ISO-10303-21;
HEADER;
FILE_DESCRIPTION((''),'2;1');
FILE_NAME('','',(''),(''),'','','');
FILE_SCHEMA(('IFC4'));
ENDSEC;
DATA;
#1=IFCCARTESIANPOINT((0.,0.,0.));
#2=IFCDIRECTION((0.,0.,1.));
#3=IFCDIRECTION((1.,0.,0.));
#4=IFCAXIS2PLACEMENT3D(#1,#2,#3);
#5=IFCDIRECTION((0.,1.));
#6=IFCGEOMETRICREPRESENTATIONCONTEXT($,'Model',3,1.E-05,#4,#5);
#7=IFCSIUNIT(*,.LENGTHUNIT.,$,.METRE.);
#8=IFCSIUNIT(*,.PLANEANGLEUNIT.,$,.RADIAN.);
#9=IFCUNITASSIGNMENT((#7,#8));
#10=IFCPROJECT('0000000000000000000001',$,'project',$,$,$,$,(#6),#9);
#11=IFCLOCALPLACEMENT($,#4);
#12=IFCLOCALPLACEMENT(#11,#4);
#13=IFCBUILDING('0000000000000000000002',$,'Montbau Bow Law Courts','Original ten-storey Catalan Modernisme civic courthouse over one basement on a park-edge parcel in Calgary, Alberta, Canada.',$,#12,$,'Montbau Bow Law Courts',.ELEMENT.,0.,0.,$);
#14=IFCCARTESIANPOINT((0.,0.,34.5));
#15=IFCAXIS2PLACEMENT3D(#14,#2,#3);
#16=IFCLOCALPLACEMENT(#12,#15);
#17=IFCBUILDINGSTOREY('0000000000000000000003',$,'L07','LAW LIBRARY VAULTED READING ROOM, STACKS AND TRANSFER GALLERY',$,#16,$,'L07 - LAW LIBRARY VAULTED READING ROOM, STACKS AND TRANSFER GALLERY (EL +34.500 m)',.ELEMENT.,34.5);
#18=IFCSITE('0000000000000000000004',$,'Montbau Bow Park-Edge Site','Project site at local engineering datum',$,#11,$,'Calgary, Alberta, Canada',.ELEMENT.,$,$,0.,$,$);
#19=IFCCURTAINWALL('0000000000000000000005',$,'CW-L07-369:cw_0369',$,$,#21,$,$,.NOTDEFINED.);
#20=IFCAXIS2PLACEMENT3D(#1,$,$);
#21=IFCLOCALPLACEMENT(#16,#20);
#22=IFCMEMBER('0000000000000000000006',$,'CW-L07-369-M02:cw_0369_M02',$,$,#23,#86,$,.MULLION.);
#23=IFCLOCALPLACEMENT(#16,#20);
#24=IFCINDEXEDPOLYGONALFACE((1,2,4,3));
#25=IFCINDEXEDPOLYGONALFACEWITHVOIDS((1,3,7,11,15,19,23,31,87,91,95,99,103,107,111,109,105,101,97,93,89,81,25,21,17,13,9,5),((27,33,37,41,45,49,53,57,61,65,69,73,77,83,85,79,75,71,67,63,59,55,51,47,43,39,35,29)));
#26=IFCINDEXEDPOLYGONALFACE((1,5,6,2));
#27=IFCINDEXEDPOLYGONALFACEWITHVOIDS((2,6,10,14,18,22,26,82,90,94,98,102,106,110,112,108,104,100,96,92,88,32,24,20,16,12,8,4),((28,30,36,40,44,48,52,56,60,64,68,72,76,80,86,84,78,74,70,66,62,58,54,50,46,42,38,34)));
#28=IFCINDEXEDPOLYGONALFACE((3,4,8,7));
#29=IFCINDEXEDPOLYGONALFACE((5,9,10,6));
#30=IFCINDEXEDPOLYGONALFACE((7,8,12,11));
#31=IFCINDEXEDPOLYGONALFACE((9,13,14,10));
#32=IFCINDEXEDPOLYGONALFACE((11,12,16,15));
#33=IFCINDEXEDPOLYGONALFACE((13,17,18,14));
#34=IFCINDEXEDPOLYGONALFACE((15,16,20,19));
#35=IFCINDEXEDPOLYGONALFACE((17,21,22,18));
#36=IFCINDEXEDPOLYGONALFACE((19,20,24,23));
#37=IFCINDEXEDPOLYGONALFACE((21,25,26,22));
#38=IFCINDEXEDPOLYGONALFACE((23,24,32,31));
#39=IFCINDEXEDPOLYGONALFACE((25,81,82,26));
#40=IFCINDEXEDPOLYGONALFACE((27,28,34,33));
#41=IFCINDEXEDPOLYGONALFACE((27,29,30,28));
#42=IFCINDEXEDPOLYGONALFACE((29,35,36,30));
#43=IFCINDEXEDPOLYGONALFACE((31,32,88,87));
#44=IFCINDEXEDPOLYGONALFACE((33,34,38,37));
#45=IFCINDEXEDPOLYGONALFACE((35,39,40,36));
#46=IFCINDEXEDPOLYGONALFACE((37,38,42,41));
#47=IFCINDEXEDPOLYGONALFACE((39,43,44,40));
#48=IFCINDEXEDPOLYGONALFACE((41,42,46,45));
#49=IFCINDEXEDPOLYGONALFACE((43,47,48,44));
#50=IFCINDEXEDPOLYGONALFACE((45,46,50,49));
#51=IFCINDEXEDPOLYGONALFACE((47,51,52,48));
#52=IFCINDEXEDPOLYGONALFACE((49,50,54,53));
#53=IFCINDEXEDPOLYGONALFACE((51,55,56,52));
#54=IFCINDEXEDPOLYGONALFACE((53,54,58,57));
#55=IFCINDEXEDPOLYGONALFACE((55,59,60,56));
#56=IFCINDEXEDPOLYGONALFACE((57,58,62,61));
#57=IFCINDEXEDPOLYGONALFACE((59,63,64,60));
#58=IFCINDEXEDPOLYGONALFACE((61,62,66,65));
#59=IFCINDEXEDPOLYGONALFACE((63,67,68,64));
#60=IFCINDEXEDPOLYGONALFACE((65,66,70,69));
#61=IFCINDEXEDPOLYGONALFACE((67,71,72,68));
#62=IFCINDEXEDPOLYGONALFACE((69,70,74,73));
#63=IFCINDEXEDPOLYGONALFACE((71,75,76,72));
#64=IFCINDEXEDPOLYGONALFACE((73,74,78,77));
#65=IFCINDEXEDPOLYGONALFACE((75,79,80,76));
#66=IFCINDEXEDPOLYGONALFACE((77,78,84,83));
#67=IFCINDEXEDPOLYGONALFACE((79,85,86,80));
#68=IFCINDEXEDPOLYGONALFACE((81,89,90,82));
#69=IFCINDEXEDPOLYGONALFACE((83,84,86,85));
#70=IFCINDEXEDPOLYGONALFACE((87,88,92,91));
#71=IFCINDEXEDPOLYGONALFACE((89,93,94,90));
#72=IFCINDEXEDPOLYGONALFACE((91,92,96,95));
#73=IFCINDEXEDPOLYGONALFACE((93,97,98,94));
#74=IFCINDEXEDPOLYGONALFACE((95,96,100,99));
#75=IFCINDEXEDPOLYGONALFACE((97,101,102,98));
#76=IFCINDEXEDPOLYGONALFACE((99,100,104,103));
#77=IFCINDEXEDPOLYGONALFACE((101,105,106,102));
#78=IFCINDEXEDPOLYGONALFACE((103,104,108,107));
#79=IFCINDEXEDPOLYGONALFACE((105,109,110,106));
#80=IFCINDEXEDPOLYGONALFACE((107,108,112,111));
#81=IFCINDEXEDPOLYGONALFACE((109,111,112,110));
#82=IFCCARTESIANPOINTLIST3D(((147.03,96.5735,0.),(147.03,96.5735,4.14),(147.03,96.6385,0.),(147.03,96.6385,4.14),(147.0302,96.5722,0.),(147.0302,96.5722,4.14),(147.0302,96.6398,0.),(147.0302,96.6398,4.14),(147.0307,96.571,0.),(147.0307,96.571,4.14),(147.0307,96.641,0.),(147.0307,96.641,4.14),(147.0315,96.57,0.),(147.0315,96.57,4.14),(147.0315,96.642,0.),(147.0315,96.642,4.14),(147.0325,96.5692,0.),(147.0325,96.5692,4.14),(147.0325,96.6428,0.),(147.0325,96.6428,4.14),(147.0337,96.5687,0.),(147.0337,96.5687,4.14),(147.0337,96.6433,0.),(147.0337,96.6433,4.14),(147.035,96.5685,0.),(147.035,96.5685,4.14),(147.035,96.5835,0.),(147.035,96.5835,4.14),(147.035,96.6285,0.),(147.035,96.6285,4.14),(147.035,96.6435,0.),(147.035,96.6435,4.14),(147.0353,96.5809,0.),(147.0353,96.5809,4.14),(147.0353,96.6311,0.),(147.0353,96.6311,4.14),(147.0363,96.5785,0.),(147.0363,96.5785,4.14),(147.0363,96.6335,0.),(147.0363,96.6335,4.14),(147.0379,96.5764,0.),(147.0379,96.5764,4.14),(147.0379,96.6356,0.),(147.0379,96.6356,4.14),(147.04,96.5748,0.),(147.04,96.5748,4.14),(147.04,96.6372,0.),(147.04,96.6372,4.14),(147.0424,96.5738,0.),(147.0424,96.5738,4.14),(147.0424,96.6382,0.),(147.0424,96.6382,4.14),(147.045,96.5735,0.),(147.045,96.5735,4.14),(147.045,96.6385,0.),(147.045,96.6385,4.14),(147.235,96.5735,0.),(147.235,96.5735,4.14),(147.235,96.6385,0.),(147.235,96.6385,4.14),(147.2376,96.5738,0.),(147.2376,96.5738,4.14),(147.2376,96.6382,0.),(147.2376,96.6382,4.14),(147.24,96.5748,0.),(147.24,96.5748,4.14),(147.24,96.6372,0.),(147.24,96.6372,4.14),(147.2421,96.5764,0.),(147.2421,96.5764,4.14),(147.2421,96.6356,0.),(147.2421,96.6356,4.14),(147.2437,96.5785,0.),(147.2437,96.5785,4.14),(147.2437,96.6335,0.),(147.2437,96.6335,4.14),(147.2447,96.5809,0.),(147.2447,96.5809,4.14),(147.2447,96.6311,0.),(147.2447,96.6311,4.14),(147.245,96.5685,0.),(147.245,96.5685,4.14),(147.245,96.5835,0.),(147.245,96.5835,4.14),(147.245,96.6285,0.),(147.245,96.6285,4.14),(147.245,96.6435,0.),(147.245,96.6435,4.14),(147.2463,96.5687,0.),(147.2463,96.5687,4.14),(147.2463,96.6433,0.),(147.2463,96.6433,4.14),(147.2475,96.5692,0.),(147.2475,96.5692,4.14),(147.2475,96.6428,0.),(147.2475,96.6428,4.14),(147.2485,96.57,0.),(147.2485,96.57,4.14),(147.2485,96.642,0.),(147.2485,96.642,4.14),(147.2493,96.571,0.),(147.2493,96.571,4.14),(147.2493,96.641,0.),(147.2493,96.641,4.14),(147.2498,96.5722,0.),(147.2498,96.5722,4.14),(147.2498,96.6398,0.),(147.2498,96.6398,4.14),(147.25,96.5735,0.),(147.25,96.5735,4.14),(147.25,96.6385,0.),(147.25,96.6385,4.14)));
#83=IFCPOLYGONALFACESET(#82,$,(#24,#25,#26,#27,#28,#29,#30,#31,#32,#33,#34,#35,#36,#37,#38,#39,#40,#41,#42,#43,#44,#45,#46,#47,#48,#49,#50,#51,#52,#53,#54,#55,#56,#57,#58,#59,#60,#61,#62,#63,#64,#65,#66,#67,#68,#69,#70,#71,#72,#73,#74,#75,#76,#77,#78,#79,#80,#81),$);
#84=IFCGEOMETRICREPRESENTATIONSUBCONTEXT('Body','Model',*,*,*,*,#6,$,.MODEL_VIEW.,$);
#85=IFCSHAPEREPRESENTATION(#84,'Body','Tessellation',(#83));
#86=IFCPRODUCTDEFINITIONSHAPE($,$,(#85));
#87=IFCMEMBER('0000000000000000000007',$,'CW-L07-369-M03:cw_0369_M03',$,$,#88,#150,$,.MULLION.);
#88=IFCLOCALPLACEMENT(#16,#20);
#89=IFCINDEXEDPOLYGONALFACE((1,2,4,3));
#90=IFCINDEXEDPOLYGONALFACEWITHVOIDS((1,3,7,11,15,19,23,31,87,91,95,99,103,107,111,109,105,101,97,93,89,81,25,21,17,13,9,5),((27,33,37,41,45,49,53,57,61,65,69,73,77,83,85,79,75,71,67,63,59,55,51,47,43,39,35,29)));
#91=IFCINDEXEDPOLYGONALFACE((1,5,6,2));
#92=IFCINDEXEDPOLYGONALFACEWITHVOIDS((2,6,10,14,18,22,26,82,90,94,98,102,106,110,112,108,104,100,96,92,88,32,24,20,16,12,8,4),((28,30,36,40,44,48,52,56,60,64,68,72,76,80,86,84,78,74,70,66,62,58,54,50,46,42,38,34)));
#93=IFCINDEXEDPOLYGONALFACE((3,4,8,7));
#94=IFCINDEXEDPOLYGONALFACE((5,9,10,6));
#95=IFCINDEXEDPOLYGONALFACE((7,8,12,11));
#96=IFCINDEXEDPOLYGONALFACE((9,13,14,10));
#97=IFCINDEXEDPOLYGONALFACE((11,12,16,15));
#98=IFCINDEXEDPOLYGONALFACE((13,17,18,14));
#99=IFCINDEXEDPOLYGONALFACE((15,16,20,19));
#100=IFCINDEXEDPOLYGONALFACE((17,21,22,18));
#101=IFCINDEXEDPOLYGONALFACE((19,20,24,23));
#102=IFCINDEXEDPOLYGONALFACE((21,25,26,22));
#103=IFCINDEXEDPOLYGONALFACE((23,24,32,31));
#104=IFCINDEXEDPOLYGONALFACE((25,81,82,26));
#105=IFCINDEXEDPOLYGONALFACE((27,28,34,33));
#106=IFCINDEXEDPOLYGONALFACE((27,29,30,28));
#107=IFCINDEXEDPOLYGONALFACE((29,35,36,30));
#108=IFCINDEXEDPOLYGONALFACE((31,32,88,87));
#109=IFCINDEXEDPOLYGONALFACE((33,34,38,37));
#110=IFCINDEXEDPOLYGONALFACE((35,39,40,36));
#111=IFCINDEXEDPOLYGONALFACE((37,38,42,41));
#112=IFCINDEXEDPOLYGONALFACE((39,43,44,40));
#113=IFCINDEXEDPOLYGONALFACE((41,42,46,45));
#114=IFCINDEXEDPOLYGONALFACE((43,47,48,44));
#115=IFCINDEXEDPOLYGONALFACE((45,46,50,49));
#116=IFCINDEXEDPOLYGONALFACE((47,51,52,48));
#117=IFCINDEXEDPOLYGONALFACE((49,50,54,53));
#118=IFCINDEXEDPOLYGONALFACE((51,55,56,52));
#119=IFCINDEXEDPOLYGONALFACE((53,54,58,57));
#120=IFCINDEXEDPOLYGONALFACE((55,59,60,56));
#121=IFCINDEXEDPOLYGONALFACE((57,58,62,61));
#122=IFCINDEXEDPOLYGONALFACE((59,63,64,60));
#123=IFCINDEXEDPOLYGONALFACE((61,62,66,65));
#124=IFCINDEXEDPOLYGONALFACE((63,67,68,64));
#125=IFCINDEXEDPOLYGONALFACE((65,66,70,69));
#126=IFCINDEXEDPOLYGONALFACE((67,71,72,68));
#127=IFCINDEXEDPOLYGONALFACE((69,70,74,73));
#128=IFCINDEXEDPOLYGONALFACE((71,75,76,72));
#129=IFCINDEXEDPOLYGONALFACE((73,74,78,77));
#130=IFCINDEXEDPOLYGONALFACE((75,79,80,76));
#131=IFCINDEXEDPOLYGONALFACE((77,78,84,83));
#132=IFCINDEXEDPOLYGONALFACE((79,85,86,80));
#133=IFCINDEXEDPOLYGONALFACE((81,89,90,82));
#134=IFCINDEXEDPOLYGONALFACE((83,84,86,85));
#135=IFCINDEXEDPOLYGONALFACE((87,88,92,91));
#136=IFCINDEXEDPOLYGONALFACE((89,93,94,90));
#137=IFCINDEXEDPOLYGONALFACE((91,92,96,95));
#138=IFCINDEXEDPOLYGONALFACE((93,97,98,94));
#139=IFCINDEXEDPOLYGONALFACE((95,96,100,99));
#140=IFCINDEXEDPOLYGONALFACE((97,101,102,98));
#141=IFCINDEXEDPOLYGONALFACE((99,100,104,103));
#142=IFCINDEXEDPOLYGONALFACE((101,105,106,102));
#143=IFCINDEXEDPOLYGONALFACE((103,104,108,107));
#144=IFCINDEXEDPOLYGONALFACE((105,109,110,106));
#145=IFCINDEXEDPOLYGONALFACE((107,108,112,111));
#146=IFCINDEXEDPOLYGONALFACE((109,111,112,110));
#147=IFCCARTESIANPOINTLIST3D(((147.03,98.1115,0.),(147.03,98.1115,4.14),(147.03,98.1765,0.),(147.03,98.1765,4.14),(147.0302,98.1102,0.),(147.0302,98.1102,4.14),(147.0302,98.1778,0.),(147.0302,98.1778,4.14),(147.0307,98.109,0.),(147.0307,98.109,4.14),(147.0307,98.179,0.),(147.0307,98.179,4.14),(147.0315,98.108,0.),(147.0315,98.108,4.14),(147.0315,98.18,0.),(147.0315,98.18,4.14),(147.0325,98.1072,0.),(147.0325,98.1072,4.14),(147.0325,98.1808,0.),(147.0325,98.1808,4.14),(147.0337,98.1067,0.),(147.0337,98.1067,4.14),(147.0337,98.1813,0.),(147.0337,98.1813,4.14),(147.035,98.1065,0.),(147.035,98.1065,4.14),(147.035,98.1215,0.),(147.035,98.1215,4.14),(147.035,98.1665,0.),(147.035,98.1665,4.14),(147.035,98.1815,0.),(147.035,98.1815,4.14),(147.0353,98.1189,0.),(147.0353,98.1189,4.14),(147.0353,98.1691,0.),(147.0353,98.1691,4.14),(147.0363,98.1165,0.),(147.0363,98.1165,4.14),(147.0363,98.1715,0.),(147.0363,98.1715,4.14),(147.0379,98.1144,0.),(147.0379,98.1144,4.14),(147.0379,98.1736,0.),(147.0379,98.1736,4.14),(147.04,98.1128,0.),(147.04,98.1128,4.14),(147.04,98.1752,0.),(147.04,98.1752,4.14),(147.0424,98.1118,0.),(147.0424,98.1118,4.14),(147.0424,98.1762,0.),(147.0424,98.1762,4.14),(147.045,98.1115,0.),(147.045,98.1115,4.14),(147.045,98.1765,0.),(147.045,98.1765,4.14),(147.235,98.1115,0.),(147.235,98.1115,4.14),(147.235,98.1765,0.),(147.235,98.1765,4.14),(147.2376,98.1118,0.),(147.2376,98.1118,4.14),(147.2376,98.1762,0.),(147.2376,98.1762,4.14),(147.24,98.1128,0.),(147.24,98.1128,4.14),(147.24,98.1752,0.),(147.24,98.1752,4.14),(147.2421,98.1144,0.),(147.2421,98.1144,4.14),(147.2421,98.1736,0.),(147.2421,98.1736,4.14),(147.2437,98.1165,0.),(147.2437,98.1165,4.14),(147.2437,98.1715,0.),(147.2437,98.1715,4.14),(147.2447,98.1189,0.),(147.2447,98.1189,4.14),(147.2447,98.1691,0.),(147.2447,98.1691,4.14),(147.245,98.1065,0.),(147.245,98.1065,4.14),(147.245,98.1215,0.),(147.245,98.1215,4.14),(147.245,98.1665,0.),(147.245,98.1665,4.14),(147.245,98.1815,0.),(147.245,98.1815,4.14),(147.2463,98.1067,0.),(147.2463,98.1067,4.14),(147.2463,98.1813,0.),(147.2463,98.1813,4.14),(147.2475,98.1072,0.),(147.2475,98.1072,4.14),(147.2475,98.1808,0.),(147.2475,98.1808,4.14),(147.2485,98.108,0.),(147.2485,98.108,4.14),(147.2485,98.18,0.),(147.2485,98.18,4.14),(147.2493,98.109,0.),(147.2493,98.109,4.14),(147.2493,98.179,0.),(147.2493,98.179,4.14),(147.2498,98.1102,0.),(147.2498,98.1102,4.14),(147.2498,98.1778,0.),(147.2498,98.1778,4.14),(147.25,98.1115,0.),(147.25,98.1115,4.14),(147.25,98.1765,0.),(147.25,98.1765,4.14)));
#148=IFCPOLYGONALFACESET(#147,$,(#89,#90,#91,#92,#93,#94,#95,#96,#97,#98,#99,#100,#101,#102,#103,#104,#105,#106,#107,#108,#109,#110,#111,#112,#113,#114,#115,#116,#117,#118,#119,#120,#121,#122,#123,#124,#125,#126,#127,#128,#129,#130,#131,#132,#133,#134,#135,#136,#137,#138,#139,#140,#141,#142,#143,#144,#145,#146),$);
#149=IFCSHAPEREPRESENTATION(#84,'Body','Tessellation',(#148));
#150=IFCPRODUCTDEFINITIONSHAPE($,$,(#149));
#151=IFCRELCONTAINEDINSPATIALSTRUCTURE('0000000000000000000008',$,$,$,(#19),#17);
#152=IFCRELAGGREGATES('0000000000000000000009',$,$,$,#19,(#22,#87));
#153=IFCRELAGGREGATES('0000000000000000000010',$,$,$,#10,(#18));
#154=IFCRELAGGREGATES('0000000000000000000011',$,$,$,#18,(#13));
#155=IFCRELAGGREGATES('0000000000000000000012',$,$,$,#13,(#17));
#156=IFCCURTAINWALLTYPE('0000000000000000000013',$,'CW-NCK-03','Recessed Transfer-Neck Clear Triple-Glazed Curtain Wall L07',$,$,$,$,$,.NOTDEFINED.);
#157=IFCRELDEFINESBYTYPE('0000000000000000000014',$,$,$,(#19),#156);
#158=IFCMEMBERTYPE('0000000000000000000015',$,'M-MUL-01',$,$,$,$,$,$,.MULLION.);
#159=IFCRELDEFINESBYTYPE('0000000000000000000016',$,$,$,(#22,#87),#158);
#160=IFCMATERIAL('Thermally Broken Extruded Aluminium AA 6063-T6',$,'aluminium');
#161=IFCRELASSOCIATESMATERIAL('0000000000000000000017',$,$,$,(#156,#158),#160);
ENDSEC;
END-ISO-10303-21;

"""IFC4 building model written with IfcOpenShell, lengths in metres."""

from ifc_helpers import new_model, si_unit, direction, frame, origin_with_axes, origin_2d_with_axis, place, context, subcontext, project, spatial, hollow_rectangle, extrude, material, material_profile, profile_set, type_object, element, aggregate, save


model = new_model("IFC4")

# Units and contexts
model_context = context("Model", 3, precision=1e-05, world=origin_with_axes(), true_north=direction((0.0, 1.0)))
body_context = subcontext(model_context, "Body", "Model", "MODEL_VIEW")
ifc_project = project(units=[si_unit("LENGTHUNIT", "METRE"), si_unit("PLANEANGLEUNIT", "RADIAN")], contexts=[model_context])

# Site, building, storey
site_placement = place(None, origin_with_axes())
site = spatial("IfcSite", under=ifc_project, at=site_placement, Name="Montbau Bow Park-Edge Site", Description="Project site at local engineering datum", LongName="Calgary, Alberta, Canada", CompositionType="ELEMENT", RefElevation=0.0)
building_placement = place(site_placement, origin_with_axes())
building = spatial("IfcBuilding", under=site, at=building_placement, Name="Montbau Bow Law Courts", Description="Original ten-storey Catalan Modernisme civic courthouse over one basement on a park-edge parcel in Calgary, Alberta, Canada.", LongName="Montbau Bow Law Courts", CompositionType="ELEMENT", ElevationOfRefHeight=0.0, ElevationOfTerrain=0.0)
storey_placement = place(building_placement, frame((0.0, 0.0, 34.5), z_axis=(0.0, 0.0, 1.0), x_axis=(1.0, 0.0, 0.0)))
storey = spatial("IfcBuildingStorey", under=building, at=storey_placement, Name="L07", Description="LAW LIBRARY VAULTED READING ROOM, STACKS AND TRANSFER GALLERY", LongName="L07 - LAW LIBRARY VAULTED READING ROOM, STACKS AND TRANSFER GALLERY (EL +34.500 m)", CompositionType="ELEMENT", Elevation=34.5)

# Curtain wall, members
ifc_material_1 = material(Name="Thermally Broken Extruded Aluminium AA 6063-T6", Category="aluminium")
curtain_wall_type = type_object("IfcCurtainWallType", Name="CW-NCK-03", Description="Recessed Transfer-Neck Clear Triple-Glazed Curtain Wall L07", PredefinedType="NOTDEFINED", material=ifc_material_1)
curtain_wall_placement = place(None, frame((147.14, 95.067, 34.5), z_axis=(0.0, 0.0, 1.0), x_axis=(1.0, 0.0, 0.0)))
curtain_wall = element("IfcCurtainWall", 1, at=curtain_wall_placement, inside=storey, type_object=curtain_wall_type, Name="CW-L07-369:cw_0369", PredefinedType="NOTDEFINED")
ifc_material_profile_1 = material_profile(ifc_material_1, hollow_rectangle(XDim=0.075, YDim=0.22, WallThickness=0.005, InnerFilletRadius=0.01, OuterFilletRadius=0.005, at=origin_2d_with_axis()), Name="CWM-220X75", Category="Main", Priority=0)
ifc_profile_set_1 = profile_set([ifc_material_profile_1], Name="Thermally Broken Extruded Aluminium AA 6063-T6")
member_type_1 = type_object("IfcMemberType", Name="M-MUL-01", PredefinedType="MULLION", material=ifc_profile_set_1)
member_1_placement = place(None, frame((147.14, 96.606, 34.5), z_axis=(0.0, 0.0, 1.0), x_axis=(0.0, 1.0, 0.0)))
member_1 = element("IfcMember", 2, at=member_1_placement, type_object=member_type_1, Name="CW-L07-369-M02:cw_0369_M02", PredefinedType="MULLION", context=body_context, shape_type="SweptSolid", body=[
    extrude(hollow_rectangle(XDim=0.075, YDim=0.22, WallThickness=0.005, InnerFilletRadius=0.01, OuterFilletRadius=0.005, at=origin_2d_with_axis()), origin_with_axes(), (0.0, 0.0, 1.0), 4.14),
])
member_2_placement = place(None, frame((147.14, 98.144, 34.5), z_axis=(0.0, 0.0, 1.0), x_axis=(0.0, 1.0, 0.0)))
member_2 = element("IfcMember", 3, at=member_2_placement, type_object=member_type_1, Name="CW-L07-369-M03:cw_0369_M03", PredefinedType="MULLION", context=body_context, shape_type="SweptSolid", body=[
    extrude(hollow_rectangle(XDim=0.075, YDim=0.22, WallThickness=0.005, InnerFilletRadius=0.01, OuterFilletRadius=0.005, at=origin_2d_with_axis()), origin_with_axes(), (0.0, 0.0, 1.0), 4.14),
])
aggregate(curtain_wall, [member_1, member_2])

save(model, "model.ifc")
